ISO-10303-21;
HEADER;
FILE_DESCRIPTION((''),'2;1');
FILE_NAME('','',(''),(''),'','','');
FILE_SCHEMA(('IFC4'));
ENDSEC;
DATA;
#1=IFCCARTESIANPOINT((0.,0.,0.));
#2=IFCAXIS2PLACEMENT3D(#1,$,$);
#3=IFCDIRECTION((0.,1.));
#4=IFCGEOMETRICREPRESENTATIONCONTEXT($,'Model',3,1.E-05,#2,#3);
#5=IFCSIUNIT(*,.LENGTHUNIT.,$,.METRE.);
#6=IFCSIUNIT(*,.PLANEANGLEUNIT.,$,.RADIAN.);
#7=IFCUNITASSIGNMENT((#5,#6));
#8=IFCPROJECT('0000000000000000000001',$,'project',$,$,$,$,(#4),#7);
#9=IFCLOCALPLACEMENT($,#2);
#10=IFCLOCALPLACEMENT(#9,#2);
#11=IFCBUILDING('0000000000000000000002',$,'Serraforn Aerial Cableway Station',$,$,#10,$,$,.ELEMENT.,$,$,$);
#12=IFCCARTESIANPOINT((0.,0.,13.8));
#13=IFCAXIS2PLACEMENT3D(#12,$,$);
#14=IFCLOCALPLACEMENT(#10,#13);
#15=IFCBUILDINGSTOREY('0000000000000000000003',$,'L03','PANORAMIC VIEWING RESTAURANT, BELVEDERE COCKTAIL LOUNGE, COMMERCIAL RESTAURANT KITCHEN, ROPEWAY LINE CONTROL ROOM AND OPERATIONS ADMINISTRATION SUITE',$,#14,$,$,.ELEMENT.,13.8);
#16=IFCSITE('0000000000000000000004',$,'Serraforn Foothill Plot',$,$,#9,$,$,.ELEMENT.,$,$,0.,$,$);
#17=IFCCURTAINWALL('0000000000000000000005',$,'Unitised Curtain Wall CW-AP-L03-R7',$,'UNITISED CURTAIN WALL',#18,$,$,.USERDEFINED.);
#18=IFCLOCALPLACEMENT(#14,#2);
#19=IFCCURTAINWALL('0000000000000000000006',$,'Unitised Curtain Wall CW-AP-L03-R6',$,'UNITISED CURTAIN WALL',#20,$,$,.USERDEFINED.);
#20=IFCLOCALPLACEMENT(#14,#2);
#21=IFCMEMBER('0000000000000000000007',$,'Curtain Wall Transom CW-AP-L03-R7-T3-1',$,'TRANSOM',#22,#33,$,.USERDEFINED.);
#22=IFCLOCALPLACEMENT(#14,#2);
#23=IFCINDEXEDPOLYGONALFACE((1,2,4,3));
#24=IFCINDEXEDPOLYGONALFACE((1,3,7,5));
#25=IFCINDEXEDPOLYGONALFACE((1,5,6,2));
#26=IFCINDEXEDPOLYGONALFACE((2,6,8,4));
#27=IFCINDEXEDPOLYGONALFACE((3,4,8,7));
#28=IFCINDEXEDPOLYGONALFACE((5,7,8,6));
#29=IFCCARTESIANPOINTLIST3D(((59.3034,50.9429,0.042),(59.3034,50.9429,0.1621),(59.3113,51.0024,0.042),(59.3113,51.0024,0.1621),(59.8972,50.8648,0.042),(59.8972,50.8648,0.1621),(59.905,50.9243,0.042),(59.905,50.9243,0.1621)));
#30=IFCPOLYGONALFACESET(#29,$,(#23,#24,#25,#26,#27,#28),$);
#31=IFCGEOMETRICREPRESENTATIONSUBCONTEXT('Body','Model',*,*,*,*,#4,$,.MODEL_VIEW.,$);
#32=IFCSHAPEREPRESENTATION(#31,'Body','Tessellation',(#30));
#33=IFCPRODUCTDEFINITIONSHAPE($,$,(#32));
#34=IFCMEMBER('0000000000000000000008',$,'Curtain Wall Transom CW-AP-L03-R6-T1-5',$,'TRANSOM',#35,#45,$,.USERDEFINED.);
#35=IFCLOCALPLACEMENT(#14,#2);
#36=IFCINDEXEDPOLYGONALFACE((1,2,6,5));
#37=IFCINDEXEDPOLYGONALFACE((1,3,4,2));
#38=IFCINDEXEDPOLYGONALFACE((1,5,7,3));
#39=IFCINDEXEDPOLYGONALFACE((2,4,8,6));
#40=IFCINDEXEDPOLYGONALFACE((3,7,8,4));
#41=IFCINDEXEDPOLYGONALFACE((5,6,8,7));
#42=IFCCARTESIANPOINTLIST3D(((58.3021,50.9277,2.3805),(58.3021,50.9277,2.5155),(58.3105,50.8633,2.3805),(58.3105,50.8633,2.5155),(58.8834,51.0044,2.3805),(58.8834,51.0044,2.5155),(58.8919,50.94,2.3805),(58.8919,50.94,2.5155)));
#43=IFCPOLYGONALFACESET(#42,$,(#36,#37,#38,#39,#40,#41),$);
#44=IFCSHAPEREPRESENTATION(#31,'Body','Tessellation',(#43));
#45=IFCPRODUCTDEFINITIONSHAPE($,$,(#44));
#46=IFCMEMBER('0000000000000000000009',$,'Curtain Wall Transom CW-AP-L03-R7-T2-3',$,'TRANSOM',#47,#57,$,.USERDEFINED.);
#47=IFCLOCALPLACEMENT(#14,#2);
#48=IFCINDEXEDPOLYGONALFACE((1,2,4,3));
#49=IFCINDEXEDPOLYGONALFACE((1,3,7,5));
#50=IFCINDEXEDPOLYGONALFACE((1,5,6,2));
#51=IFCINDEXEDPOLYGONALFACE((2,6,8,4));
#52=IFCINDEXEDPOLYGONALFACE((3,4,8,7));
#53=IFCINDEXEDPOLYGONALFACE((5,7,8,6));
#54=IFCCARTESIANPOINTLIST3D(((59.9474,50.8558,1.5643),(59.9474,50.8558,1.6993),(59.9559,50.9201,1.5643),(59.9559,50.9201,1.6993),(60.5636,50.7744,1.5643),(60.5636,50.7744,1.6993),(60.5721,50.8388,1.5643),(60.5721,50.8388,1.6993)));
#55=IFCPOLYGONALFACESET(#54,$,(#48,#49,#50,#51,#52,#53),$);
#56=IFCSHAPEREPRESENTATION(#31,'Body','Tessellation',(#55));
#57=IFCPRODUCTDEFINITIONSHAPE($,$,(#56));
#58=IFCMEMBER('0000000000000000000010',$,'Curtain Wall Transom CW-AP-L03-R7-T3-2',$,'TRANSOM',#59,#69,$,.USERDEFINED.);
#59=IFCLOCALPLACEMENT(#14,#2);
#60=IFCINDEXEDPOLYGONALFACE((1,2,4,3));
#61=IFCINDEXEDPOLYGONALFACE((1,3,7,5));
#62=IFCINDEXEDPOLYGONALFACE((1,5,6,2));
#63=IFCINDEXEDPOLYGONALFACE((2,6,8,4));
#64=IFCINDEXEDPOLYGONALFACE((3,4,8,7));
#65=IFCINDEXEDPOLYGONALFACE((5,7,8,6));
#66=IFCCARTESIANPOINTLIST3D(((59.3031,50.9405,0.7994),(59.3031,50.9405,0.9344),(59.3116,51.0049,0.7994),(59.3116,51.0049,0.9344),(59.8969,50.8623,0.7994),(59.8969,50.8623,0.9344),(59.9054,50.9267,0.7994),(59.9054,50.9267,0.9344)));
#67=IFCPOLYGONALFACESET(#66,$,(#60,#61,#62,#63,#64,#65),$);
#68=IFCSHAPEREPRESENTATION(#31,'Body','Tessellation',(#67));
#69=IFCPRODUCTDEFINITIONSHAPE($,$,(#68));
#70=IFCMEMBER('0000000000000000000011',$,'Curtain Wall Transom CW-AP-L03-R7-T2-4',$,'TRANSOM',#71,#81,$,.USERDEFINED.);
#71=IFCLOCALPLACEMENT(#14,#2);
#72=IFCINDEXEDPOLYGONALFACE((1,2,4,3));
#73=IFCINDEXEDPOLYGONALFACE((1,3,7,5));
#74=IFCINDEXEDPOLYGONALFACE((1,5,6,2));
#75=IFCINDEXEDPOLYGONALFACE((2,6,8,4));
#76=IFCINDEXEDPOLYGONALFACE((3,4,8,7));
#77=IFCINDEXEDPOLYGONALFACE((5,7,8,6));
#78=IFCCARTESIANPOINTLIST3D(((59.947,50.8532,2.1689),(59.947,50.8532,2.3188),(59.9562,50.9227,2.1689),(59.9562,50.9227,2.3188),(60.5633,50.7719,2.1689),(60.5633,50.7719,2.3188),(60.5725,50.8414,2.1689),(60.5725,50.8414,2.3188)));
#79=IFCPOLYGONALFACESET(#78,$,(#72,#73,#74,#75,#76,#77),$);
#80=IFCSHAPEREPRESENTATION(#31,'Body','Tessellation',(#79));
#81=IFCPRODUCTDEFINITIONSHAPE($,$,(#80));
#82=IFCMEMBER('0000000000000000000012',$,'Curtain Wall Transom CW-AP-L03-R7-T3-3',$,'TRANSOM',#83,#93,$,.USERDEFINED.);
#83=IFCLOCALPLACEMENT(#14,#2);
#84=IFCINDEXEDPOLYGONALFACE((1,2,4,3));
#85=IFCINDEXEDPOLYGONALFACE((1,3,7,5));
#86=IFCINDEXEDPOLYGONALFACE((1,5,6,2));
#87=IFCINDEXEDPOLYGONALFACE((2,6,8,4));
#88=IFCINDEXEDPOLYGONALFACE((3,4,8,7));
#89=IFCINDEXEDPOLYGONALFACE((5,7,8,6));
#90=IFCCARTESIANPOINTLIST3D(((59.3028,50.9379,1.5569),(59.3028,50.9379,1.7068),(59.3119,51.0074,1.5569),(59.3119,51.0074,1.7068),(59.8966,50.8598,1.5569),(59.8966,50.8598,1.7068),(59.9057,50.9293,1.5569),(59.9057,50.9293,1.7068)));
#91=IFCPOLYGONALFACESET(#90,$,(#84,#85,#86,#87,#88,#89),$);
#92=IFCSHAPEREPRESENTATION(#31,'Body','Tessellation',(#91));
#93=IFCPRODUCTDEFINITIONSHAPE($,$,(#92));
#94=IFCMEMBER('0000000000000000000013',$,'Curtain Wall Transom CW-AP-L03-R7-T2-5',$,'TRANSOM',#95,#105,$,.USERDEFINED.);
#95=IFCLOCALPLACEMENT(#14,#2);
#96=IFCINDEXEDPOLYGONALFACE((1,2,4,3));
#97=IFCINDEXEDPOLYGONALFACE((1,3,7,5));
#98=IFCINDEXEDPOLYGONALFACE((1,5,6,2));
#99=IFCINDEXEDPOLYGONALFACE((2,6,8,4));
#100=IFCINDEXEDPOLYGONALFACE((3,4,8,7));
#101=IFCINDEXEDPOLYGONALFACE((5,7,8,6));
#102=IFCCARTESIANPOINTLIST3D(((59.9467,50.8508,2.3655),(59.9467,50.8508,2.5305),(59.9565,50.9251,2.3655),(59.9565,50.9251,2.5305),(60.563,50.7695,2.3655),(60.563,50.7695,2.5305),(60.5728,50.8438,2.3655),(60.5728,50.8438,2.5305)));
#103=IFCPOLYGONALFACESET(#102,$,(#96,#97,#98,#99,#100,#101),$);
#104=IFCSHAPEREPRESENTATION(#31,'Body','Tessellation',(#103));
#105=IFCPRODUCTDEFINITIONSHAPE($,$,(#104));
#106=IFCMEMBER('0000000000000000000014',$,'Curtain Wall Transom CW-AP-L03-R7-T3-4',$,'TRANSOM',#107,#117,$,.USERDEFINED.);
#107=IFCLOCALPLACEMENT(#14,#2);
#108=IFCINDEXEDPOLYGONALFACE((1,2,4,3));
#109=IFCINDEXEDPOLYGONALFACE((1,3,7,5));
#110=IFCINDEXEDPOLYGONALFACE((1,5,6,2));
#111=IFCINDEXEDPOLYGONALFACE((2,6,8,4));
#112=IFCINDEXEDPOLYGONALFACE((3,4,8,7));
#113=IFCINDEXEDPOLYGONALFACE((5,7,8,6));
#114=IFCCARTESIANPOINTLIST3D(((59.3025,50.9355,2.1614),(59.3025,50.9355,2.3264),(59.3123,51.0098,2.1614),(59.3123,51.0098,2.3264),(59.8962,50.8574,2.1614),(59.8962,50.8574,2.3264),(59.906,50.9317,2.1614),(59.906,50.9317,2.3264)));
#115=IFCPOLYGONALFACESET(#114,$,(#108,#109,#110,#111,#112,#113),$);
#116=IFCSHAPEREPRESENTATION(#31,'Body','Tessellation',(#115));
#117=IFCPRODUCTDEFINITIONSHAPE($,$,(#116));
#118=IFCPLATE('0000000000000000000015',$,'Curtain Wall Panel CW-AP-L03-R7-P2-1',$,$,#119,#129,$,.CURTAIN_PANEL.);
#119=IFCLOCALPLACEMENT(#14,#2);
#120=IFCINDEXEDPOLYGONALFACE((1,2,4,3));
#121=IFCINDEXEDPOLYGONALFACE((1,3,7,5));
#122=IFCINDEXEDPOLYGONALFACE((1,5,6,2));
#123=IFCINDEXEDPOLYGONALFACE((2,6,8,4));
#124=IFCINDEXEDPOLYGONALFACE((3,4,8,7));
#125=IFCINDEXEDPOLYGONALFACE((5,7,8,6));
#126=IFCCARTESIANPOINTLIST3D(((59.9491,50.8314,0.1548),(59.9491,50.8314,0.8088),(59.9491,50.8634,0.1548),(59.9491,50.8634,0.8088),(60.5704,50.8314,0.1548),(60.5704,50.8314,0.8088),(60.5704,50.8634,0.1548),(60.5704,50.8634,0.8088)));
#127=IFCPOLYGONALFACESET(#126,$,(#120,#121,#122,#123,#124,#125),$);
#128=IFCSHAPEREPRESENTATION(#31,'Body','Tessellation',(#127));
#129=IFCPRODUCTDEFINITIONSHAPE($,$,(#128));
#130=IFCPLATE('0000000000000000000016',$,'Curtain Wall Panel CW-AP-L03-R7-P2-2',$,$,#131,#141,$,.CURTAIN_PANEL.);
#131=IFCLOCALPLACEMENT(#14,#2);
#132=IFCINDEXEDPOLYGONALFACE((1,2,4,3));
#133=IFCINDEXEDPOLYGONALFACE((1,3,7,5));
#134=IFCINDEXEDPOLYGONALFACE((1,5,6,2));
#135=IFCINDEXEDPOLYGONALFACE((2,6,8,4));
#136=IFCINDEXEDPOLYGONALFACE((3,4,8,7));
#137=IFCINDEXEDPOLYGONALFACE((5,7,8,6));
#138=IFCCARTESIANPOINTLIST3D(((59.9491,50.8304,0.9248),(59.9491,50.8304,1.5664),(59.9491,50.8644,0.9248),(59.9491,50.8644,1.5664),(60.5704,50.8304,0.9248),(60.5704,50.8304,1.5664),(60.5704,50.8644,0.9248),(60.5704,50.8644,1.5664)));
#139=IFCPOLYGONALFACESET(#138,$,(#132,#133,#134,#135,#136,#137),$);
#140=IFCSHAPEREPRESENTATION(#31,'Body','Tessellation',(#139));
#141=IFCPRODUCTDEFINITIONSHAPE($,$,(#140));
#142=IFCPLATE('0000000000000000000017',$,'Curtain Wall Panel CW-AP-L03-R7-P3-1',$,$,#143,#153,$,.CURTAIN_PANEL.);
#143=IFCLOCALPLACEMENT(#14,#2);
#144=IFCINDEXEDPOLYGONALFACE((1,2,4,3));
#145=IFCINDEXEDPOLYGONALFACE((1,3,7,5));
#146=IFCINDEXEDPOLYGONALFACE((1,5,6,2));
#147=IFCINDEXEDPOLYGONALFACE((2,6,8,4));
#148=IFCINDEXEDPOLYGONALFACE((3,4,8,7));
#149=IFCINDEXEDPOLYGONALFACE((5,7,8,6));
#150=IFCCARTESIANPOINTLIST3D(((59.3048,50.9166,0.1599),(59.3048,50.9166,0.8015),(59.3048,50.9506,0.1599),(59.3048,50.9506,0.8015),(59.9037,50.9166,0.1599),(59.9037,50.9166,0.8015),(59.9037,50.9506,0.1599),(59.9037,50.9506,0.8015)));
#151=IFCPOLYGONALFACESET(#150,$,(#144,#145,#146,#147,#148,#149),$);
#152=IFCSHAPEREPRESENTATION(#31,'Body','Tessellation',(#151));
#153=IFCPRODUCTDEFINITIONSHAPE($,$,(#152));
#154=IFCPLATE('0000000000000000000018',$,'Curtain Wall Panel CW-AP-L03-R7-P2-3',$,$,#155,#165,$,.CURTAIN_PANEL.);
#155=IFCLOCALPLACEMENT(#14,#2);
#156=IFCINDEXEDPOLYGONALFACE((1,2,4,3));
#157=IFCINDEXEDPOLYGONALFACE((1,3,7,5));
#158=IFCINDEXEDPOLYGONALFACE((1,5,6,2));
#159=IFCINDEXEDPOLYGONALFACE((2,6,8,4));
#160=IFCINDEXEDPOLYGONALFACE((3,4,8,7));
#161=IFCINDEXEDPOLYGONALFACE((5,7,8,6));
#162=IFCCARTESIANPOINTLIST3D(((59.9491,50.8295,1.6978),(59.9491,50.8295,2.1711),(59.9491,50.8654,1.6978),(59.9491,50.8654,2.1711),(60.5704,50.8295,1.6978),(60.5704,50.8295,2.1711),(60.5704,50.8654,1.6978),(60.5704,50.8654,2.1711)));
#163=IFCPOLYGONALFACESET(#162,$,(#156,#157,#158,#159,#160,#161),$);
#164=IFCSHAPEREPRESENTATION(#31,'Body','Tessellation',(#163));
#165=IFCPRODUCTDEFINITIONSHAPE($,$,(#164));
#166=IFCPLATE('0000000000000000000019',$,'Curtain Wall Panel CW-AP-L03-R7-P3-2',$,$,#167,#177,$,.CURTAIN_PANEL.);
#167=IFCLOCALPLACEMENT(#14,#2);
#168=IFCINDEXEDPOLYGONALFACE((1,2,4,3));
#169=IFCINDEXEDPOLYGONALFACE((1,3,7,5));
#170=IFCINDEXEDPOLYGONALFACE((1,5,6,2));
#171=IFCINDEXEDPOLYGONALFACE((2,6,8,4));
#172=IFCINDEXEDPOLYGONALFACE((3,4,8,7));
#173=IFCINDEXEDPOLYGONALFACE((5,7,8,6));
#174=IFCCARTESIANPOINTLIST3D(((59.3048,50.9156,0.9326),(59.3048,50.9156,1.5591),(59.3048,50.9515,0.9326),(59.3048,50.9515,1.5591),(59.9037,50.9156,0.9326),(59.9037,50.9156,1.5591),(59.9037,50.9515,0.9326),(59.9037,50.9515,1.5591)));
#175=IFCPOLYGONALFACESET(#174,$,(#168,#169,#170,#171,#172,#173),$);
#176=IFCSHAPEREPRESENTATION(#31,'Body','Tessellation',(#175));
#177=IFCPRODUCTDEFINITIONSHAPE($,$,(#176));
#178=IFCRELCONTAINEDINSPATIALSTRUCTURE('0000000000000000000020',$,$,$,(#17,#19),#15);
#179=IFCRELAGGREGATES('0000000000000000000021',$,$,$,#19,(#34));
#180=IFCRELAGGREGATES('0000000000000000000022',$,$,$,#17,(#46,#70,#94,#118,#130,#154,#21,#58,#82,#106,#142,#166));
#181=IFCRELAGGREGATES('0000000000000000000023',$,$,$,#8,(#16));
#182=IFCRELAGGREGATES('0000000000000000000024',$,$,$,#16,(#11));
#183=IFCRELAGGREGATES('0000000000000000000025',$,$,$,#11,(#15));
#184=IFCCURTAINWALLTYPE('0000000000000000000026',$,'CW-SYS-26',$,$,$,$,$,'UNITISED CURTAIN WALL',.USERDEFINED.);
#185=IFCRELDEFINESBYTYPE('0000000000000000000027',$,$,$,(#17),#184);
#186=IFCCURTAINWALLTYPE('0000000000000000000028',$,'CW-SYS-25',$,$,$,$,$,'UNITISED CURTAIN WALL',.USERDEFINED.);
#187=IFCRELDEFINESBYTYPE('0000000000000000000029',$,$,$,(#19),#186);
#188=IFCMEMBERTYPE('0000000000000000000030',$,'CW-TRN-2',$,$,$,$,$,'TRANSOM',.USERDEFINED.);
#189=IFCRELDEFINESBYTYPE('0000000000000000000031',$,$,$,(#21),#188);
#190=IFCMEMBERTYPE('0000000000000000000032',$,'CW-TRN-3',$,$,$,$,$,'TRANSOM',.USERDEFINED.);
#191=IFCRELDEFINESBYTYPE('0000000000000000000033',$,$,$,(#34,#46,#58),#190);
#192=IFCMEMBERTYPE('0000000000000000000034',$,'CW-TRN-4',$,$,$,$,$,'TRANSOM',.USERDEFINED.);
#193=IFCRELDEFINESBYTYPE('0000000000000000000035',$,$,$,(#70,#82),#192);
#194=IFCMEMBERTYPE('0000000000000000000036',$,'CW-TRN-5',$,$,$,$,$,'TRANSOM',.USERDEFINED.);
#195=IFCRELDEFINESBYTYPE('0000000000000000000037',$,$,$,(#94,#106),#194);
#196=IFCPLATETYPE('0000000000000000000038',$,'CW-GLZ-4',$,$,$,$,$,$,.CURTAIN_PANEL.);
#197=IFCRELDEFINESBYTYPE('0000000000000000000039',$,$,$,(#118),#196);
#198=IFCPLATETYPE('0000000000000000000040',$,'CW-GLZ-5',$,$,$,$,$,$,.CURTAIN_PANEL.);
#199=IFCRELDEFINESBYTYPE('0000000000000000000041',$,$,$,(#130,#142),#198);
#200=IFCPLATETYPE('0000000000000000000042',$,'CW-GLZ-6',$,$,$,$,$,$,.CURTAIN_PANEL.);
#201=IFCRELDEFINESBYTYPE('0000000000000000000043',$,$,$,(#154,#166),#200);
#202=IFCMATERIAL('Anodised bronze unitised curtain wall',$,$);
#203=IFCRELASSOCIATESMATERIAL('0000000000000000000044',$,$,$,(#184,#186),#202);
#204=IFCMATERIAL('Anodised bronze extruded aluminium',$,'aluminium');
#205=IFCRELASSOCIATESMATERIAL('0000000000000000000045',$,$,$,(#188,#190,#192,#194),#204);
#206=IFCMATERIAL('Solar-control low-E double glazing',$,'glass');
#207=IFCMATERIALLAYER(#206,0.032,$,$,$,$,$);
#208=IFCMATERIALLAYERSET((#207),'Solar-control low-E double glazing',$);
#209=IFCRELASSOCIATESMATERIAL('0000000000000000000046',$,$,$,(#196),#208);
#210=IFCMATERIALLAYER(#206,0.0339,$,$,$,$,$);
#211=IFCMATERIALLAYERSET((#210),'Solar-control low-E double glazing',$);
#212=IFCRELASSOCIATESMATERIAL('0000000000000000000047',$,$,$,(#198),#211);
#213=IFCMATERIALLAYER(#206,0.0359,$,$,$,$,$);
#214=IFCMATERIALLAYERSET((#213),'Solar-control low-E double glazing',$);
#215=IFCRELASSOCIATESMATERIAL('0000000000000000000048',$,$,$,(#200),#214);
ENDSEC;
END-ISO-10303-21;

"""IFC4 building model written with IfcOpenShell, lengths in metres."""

from ifc_helpers import new_model, si_unit, direction, frame, origin, origin_2d, place, context, subcontext, project, spatial, rectangle, extrude, material, layer, layer_set, material_profile, profile_set, type_object, element, aggregate, save


model = new_model("IFC4")

# Units and contexts
model_context = context("Model", 3, precision=1e-05, world=origin(), true_north=direction((0.0, 1.0)))
body_context = subcontext(model_context, "Body", "Model", "MODEL_VIEW")
ifc_project = project(units=[si_unit("LENGTHUNIT", "METRE"), si_unit("PLANEANGLEUNIT", "RADIAN")], contexts=[model_context])

# Site, building, storey
site_placement = place(None, origin())
site = spatial("IfcSite", under=ifc_project, at=site_placement, Name="Serraforn Foothill Plot", CompositionType="ELEMENT", RefElevation=0.0)
building_placement = place(site_placement, origin())
building = spatial("IfcBuilding", under=site, at=building_placement, Name="Serraforn Aerial Cableway Station", CompositionType="ELEMENT")
storey_placement = place(building_placement, frame((0.0, 0.0, 13.8)))
storey = spatial("IfcBuildingStorey", under=building, at=storey_placement, Name="L03", Description="PANORAMIC VIEWING RESTAURANT, BELVEDERE COCKTAIL LOUNGE, COMMERCIAL RESTAURANT KITCHEN, ROPEWAY LINE CONTROL ROOM AND OPERATIONS ADMINISTRATION SUITE", CompositionType="ELEMENT", Elevation=13.8)

# Curtain wall
ifc_material_1 = material(Name="Anodised bronze unitised curtain wall")
curtain_wall_type_1 = type_object("IfcCurtainWallType", Name="CW-SYS-26", ElementType="UNITISED CURTAIN WALL", PredefinedType="USERDEFINED", material=ifc_material_1)
curtain_wall_1_placement = place(storey_placement, origin())
curtain_wall_1 = element("IfcCurtainWall", 1, at=curtain_wall_1_placement, inside=storey, type_object=curtain_wall_type_1, Name="Unitised Curtain Wall CW-AP-L03-R7", ObjectType="UNITISED CURTAIN WALL", PredefinedType="USERDEFINED")
ifc_material_2 = material(Name="Anodised bronze extruded aluminium", Category="aluminium")

# Curtain wall
curtain_wall_type_2 = type_object("IfcCurtainWallType", Name="CW-SYS-25", ElementType="UNITISED CURTAIN WALL", PredefinedType="USERDEFINED", material=ifc_material_1)
curtain_wall_2_placement = place(storey_placement, origin())
curtain_wall_2 = element("IfcCurtainWall", 2, at=curtain_wall_2_placement, inside=storey, type_object=curtain_wall_type_2, Name="Unitised Curtain Wall CW-AP-L03-R6", ObjectType="UNITISED CURTAIN WALL", PredefinedType="USERDEFINED")

# Members
ifc_material_profile_1 = material_profile(ifc_material_2, rectangle(XDim=0.0601, YDim=0.1201, at=origin_2d()), Name="CW TRANSOM 60x120")
ifc_profile_set_1 = profile_set([ifc_material_profile_1], Name="Anodised bronze extruded aluminium")
member_type_1 = type_object("IfcMemberType", Name="CW-TRN-2", ElementType="TRANSOM", PredefinedType="USERDEFINED", material=ifc_profile_set_1)
member_1_placement = place(storey_placement, frame((59.9011, 50.8945, 0.1021), z_axis=(-0.991454, 0.130455, 0.0), x_axis=(-0.130455, -0.991454, 0.0)))
member_1 = element("IfcMember", 3, at=member_1_placement, type_object=member_type_1, Name="Curtain Wall Transom CW-AP-L03-R7-T3-1", ObjectType="TRANSOM", PredefinedType="USERDEFINED", context=body_context, shape_type="SweptSolid", body=[
    extrude(rectangle(XDim=0.0601, YDim=0.1201, at=origin_2d()), origin(), (0.0, 0.0, 1.0), 0.5989),
])
ifc_material_profile_2 = material_profile(ifc_material_2, rectangle(XDim=0.0649, YDim=0.135, at=origin_2d()), Name="CW TRANSOM 65x135")
ifc_profile_set_2 = profile_set([ifc_material_profile_2], Name="Anodised bronze extruded aluminium")
member_type_2 = type_object("IfcMemberType", Name="CW-TRN-3", ElementType="TRANSOM", PredefinedType="USERDEFINED", material=ifc_profile_set_2)
member_2_placement = place(storey_placement, frame((58.8877, 50.9722, 2.448), z_axis=(-0.991416, -0.130745, 0.0), x_axis=(0.130745, -0.991416, 0.0)))
member_2 = element("IfcMember", 4, at=member_2_placement, type_object=member_type_2, Name="Curtain Wall Transom CW-AP-L03-R6-T1-5", ObjectType="TRANSOM", PredefinedType="USERDEFINED", context=body_context, shape_type="SweptSolid", body=[
    extrude(rectangle(XDim=0.0649, YDim=0.135, at=origin_2d()), origin(), (0.0, 0.0, 1.0), 0.5864),
])
aggregate(curtain_wall_2, [member_2])
member_3_placement = place(storey_placement, frame((60.5679, 50.8066, 1.6318), z_axis=(-0.991409, 0.1308, 0.0), x_axis=(-0.1308, -0.991409, 0.0)))
member_3 = element("IfcMember", 5, at=member_3_placement, type_object=member_type_2, Name="Curtain Wall Transom CW-AP-L03-R7-T2-3", ObjectType="TRANSOM", PredefinedType="USERDEFINED", context=body_context, shape_type="SweptSolid", body=[
    extrude(rectangle(XDim=0.0649, YDim=0.135, at=origin_2d()), origin(), (0.0, 0.0, 1.0), 0.6216),
])
member_4_placement = place(storey_placement, frame((59.9011, 50.8945, 0.8669), z_axis=(-0.991454, 0.130455, 0.0), x_axis=(-0.130455, -0.991454, 0.0)))
member_4 = element("IfcMember", 6, at=member_4_placement, type_object=member_type_2, Name="Curtain Wall Transom CW-AP-L03-R7-T3-2", ObjectType="TRANSOM", PredefinedType="USERDEFINED", context=body_context, shape_type="SweptSolid", body=[
    extrude(rectangle(XDim=0.0649, YDim=0.135, at=origin_2d()), origin(), (0.0, 0.0, 1.0), 0.5989),
])
ifc_material_profile_3 = material_profile(ifc_material_2, rectangle(XDim=0.0701, YDim=0.1499, at=origin_2d()), Name="CW TRANSOM 70x150")
ifc_profile_set_3 = profile_set([ifc_material_profile_3], Name="Anodised bronze extruded aluminium")
member_type_3 = type_object("IfcMemberType", Name="CW-TRN-4", ElementType="TRANSOM", PredefinedType="USERDEFINED", material=ifc_profile_set_3)
member_5_placement = place(storey_placement, frame((60.5679, 50.8066, 2.2439), z_axis=(-0.991409, 0.1308, 0.0), x_axis=(-0.1308, -0.991409, 0.0)))
member_5 = element("IfcMember", 7, at=member_5_placement, type_object=member_type_3, Name="Curtain Wall Transom CW-AP-L03-R7-T2-4", ObjectType="TRANSOM", PredefinedType="USERDEFINED", context=body_context, shape_type="SweptSolid", body=[
    extrude(rectangle(XDim=0.0701, YDim=0.1499, at=origin_2d()), origin(), (0.0, 0.0, 1.0), 0.6216),
])
member_6_placement = place(storey_placement, frame((59.9011, 50.8945, 1.6318), z_axis=(-0.991454, 0.130455, 0.0), x_axis=(-0.130455, -0.991454, 0.0)))
member_6 = element("IfcMember", 8, at=member_6_placement, type_object=member_type_3, Name="Curtain Wall Transom CW-AP-L03-R7-T3-3", ObjectType="TRANSOM", PredefinedType="USERDEFINED", context=body_context, shape_type="SweptSolid", body=[
    extrude(rectangle(XDim=0.0701, YDim=0.1499, at=origin_2d()), origin(), (0.0, 0.0, 1.0), 0.5989),
])
ifc_material_profile_4 = material_profile(ifc_material_2, rectangle(XDim=0.075, YDim=0.165, at=origin_2d()), Name="CW TRANSOM 75x165")
ifc_profile_set_4 = profile_set([ifc_material_profile_4], Name="Anodised bronze extruded aluminium")
member_type_4 = type_object("IfcMemberType", Name="CW-TRN-5", ElementType="TRANSOM", PredefinedType="USERDEFINED", material=ifc_profile_set_4)
member_7_placement = place(storey_placement, frame((60.5679, 50.8066, 2.448), z_axis=(-0.991409, 0.1308, 0.0), x_axis=(-0.1308, -0.991409, 0.0)))
member_7 = element("IfcMember", 9, at=member_7_placement, type_object=member_type_4, Name="Curtain Wall Transom CW-AP-L03-R7-T2-5", ObjectType="TRANSOM", PredefinedType="USERDEFINED", context=body_context, shape_type="SweptSolid", body=[
    extrude(rectangle(XDim=0.075, YDim=0.165, at=origin_2d()), origin(), (0.0, 0.0, 1.0), 0.6216),
])
member_8_placement = place(storey_placement, frame((59.9011, 50.8945, 2.2439), z_axis=(-0.991454, 0.130455, 0.0), x_axis=(-0.130455, -0.991454, 0.0)))
member_8 = element("IfcMember", 10, at=member_8_placement, type_object=member_type_4, Name="Curtain Wall Transom CW-AP-L03-R7-T3-4", ObjectType="TRANSOM", PredefinedType="USERDEFINED", context=body_context, shape_type="SweptSolid", body=[
    extrude(rectangle(XDim=0.075, YDim=0.165, at=origin_2d()), origin(), (0.0, 0.0, 1.0), 0.5989),
])

# Plates
ifc_material_3 = material(Name="Solar-control low-E double glazing", Category="glass")
ifc_layer_1 = layer(ifc_material_3, 0.032)
ifc_layer_set_1 = layer_set([ifc_layer_1], Name="Solar-control low-E double glazing")
plate_type_1 = type_object("IfcPlateType", Name="CW-GLZ-4", PredefinedType="CURTAIN_PANEL", material=ifc_layer_set_1)
plate_1_placement = place(storey_placement, frame((60.2598, 50.8474, 0.1548), z_axis=(0.0, 0.0, 1.0), x_axis=(1.0, 0.0, 0.0)))
plate_1 = element("IfcPlate", 11, at=plate_1_placement, type_object=plate_type_1, Name="Curtain Wall Panel CW-AP-L03-R7-P2-1", PredefinedType="CURTAIN_PANEL", context=body_context, shape_type="SweptSolid", body=[
    extrude(rectangle(XDim=0.6213, YDim=0.032, at=origin_2d()), origin(), (0.0, 0.0, 1.0), 0.6541),
])
ifc_layer_2 = layer(ifc_material_3, 0.0339)
ifc_layer_set_2 = layer_set([ifc_layer_2], Name="Solar-control low-E double glazing")
plate_type_2 = type_object("IfcPlateType", Name="CW-GLZ-5", PredefinedType="CURTAIN_PANEL", material=ifc_layer_set_2)
plate_2_placement = place(storey_placement, frame((60.2598, 50.8474, 0.9248), z_axis=(0.0, 0.0, 1.0), x_axis=(1.0, 0.0, 0.0)))
plate_2 = element("IfcPlate", 12, at=plate_2_placement, type_object=plate_type_2, Name="Curtain Wall Panel CW-AP-L03-R7-P2-2", PredefinedType="CURTAIN_PANEL", context=body_context, shape_type="SweptSolid", body=[
    extrude(rectangle(XDim=0.6213, YDim=0.0339, at=origin_2d()), origin(), (0.0, 0.0, 1.0), 0.6416),
])
plate_3_placement = place(storey_placement, frame((59.6042, 50.9336, 0.1599), z_axis=(0.0, 0.0, 1.0), x_axis=(1.0, 0.0, 0.0)))
plate_3 = element("IfcPlate", 13, at=plate_3_placement, type_object=plate_type_2, Name="Curtain Wall Panel CW-AP-L03-R7-P3-1", PredefinedType="CURTAIN_PANEL", context=body_context, shape_type="SweptSolid", body=[
    extrude(rectangle(XDim=0.5989, YDim=0.0339, at=origin_2d()), origin(), (0.0, 0.0, 1.0), 0.6416),
])
ifc_layer_3 = layer(ifc_material_3, 0.0359)
ifc_layer_set_3 = layer_set([ifc_layer_3], Name="Solar-control low-E double glazing")
plate_type_3 = type_object("IfcPlateType", Name="CW-GLZ-6", PredefinedType="CURTAIN_PANEL", material=ifc_layer_set_3)
plate_4_placement = place(storey_placement, frame((60.2598, 50.8474, 1.6978), z_axis=(0.0, 0.0, 1.0), x_axis=(1.0, 0.0, 0.0)))
plate_4 = element("IfcPlate", 14, at=plate_4_placement, type_object=plate_type_3, Name="Curtain Wall Panel CW-AP-L03-R7-P2-3", PredefinedType="CURTAIN_PANEL", context=body_context, shape_type="SweptSolid", body=[
    extrude(rectangle(XDim=0.6213, YDim=0.0359, at=origin_2d()), origin(), (0.0, 0.0, 1.0), 0.4734),
])
plate_5_placement = place(storey_placement, frame((59.6042, 50.9336, 0.9326), z_axis=(0.0, 0.0, 1.0), x_axis=(1.0, 0.0, 0.0)))
plate_5 = element("IfcPlate", 15, at=plate_5_placement, type_object=plate_type_3, Name="Curtain Wall Panel CW-AP-L03-R7-P3-2", PredefinedType="CURTAIN_PANEL", context=body_context, shape_type="SweptSolid", body=[
    extrude(rectangle(XDim=0.5989, YDim=0.0359, at=origin_2d()), origin(), (0.0, 0.0, 1.0), 0.6265),
])
aggregate(curtain_wall_1, [member_3, member_5, member_7, plate_1, plate_2, plate_4, member_1, member_4, member_6, member_8, plate_3, plate_5])

save(model, "model.ifc")
